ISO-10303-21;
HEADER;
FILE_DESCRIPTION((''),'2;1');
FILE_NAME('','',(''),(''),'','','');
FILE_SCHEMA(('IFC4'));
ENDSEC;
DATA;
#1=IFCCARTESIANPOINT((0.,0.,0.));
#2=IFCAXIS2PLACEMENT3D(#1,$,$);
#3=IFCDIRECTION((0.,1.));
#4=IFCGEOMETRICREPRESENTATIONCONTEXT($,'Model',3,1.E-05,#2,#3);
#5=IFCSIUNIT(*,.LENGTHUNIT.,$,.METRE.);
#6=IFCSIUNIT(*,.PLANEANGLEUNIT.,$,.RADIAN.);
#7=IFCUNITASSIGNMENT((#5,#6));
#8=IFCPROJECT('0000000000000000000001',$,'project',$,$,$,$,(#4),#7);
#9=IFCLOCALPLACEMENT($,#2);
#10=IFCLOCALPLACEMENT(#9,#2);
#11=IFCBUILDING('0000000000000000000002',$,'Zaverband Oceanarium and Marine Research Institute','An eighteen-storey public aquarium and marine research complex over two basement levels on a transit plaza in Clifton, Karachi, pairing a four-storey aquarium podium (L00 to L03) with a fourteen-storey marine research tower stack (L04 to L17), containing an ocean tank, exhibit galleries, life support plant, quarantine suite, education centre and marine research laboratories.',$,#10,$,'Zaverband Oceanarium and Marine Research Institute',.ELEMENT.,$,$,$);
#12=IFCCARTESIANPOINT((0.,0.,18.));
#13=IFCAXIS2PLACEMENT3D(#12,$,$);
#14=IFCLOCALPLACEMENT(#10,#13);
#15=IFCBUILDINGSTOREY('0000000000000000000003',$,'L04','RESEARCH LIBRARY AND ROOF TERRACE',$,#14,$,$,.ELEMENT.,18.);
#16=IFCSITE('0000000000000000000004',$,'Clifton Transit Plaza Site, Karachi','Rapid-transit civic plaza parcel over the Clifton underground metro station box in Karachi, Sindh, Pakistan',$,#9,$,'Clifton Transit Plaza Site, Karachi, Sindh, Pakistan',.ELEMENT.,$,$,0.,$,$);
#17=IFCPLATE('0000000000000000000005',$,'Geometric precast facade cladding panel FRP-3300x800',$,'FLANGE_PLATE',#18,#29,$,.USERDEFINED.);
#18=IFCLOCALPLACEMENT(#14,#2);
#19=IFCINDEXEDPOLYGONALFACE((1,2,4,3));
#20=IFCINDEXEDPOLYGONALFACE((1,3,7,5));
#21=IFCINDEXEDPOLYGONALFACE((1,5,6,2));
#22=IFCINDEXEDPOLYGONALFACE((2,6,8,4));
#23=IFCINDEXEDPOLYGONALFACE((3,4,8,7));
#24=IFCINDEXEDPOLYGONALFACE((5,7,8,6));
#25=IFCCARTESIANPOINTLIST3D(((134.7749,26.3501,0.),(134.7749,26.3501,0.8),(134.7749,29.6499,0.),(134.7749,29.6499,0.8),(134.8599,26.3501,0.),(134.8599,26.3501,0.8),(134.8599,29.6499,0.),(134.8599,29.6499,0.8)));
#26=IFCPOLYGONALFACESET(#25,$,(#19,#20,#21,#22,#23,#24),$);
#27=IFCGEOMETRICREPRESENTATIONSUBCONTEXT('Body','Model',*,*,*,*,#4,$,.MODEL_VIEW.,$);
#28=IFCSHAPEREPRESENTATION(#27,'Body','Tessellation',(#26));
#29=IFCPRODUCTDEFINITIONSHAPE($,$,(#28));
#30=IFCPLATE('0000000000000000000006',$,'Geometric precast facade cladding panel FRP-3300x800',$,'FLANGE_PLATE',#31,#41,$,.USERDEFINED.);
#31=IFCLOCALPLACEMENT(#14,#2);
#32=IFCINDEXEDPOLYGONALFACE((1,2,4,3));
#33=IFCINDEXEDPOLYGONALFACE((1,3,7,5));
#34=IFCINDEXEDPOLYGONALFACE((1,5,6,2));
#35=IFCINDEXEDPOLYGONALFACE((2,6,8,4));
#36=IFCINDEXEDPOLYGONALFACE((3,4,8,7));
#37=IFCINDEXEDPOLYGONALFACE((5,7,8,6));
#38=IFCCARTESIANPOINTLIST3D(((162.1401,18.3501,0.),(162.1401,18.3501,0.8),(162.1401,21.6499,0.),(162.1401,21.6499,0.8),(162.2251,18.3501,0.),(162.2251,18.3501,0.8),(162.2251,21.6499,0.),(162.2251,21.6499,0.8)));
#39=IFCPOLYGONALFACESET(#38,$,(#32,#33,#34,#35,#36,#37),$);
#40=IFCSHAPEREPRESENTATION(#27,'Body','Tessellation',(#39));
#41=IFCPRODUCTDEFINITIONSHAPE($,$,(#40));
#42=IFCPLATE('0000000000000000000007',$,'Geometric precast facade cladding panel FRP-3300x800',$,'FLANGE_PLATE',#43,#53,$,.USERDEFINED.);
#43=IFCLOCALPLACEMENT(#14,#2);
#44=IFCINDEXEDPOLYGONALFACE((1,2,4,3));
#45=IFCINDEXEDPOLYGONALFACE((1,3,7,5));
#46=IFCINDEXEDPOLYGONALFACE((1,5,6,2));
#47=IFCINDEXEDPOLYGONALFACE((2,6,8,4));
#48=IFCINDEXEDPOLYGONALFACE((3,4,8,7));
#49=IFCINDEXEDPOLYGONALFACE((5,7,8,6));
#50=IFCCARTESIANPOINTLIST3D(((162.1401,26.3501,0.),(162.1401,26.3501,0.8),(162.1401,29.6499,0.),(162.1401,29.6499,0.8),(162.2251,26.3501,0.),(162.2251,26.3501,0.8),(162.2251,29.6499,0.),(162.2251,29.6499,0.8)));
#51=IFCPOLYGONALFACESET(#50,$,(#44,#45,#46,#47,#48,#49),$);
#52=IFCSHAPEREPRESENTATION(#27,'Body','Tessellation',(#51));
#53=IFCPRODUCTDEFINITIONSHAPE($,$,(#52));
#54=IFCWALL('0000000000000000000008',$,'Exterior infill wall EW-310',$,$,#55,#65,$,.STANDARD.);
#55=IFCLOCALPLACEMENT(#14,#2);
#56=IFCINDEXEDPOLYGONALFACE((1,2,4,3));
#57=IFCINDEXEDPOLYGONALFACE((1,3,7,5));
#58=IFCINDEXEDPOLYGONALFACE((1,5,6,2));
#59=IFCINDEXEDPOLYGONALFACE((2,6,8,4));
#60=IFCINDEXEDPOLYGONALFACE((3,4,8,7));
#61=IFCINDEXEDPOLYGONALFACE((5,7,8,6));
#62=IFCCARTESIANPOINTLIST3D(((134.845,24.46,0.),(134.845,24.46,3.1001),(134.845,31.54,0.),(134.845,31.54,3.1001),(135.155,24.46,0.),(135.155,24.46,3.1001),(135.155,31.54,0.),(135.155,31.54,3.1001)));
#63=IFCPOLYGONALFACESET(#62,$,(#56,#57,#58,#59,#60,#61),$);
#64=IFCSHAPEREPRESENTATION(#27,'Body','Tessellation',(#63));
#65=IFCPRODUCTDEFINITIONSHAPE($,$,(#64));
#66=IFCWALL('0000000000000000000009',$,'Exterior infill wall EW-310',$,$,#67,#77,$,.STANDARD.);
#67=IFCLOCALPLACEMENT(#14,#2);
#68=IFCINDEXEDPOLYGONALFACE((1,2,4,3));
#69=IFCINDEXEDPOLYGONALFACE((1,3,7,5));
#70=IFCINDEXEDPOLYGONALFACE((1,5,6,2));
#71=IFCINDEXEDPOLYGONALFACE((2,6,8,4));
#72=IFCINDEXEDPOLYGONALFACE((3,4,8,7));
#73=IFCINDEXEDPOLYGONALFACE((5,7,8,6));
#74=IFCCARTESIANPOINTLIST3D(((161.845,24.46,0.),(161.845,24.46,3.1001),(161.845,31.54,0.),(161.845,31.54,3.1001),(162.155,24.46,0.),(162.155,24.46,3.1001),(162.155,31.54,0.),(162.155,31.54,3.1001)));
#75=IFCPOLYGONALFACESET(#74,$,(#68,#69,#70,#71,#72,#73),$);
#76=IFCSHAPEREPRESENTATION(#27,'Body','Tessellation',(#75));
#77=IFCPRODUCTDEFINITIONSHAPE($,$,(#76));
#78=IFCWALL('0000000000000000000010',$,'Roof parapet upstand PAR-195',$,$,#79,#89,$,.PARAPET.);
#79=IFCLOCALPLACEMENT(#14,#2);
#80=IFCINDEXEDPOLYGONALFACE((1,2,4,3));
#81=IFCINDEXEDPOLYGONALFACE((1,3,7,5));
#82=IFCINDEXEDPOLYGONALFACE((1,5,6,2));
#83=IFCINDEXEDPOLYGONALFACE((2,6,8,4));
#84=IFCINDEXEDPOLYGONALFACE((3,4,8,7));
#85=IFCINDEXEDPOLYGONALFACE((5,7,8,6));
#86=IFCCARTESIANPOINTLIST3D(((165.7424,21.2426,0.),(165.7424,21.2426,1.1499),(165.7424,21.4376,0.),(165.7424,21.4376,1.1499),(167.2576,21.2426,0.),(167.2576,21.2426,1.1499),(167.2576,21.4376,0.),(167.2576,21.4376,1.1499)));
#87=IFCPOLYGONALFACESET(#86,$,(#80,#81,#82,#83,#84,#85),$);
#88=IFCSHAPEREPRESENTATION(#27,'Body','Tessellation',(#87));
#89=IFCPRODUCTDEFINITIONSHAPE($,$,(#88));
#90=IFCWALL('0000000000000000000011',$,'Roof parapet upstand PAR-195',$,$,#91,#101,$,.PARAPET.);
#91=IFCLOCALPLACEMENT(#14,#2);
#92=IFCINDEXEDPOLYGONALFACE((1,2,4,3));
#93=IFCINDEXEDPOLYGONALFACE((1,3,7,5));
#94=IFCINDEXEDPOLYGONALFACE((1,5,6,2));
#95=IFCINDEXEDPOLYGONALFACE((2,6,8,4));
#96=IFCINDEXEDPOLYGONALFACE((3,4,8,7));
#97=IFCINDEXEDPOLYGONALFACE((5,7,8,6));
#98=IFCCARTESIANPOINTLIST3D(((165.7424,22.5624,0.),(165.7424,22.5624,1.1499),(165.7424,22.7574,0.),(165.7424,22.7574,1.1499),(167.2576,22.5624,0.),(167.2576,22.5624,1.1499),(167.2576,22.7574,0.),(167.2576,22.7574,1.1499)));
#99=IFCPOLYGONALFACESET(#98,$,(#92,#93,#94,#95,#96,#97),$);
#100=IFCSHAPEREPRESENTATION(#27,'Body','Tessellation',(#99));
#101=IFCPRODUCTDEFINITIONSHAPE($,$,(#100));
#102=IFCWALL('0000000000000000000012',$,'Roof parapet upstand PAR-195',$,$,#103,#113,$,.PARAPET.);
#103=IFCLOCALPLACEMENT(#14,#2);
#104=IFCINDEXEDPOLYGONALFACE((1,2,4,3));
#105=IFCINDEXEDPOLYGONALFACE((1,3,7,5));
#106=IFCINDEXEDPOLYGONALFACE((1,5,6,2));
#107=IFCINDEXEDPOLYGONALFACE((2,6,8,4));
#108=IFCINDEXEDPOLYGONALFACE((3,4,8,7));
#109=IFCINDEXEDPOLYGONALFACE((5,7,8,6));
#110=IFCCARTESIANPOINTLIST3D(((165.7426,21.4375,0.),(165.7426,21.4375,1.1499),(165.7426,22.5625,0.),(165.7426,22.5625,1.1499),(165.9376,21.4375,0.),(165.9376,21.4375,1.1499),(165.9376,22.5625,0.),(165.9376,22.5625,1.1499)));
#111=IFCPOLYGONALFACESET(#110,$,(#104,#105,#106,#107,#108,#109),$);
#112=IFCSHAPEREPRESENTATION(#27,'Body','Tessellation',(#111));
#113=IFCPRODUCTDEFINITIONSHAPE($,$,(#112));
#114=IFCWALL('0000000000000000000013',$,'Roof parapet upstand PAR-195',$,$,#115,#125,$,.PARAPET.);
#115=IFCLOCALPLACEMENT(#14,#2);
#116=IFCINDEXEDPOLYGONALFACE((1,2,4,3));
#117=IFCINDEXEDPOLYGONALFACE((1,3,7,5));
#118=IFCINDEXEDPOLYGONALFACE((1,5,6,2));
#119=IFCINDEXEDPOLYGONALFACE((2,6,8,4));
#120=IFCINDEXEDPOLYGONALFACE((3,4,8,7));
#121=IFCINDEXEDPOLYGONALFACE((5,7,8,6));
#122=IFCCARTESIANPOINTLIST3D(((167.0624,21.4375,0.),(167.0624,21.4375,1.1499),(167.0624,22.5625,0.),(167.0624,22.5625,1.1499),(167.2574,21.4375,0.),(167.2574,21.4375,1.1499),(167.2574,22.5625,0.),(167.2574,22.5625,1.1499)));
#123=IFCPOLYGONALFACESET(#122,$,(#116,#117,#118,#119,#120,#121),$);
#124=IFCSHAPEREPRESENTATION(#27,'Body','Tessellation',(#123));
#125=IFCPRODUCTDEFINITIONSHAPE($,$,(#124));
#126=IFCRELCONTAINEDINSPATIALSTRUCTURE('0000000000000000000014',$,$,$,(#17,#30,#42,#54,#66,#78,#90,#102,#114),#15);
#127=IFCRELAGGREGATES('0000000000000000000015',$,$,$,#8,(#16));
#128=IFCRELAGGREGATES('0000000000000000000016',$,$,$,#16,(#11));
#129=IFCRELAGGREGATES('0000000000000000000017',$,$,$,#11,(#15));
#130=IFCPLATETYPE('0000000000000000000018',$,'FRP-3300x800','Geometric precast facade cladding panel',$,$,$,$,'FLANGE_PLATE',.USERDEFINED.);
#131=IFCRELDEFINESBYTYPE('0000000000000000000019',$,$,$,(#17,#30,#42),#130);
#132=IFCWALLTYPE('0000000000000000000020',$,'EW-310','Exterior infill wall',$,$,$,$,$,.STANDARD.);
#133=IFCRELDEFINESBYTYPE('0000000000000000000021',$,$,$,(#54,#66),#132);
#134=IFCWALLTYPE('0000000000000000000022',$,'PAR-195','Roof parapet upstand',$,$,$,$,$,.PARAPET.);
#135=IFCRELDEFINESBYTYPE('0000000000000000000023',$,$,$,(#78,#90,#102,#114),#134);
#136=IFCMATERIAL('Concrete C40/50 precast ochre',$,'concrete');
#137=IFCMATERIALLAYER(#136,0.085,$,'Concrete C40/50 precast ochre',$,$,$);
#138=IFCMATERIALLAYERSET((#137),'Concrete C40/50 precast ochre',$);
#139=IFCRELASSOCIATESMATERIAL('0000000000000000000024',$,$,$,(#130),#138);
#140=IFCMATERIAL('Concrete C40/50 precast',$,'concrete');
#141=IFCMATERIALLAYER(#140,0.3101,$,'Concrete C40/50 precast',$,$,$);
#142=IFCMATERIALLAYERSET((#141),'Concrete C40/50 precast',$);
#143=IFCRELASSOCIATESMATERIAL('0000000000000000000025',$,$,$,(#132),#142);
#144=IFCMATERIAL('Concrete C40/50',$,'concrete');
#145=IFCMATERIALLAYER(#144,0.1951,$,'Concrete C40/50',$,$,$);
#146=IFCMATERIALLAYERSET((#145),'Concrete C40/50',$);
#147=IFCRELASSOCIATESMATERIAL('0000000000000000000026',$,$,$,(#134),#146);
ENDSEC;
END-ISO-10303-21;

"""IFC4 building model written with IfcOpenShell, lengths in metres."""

from ifc_helpers import new_model, si_unit, direction, frame, frame_2d, origin, place, context, subcontext, project, spatial, rectangle, extrude, material, layer, layer_set, type_object, element, save


model = new_model("IFC4")

# Units and contexts
model_context = context("Model", 3, precision=1e-05, world=origin(), true_north=direction((0.0, 1.0)))
body_context = subcontext(model_context, "Body", "Model", "MODEL_VIEW")
ifc_project = project(units=[si_unit("LENGTHUNIT", "METRE"), si_unit("PLANEANGLEUNIT", "RADIAN")], contexts=[model_context])

# Site, building, storey
site_placement = place(None, origin())
site = spatial("IfcSite", under=ifc_project, at=site_placement, Name="Clifton Transit Plaza Site, Karachi", Description="Rapid-transit civic plaza parcel over the Clifton underground metro station box in Karachi, Sindh, Pakistan", LongName="Clifton Transit Plaza Site, Karachi, Sindh, Pakistan", CompositionType="ELEMENT", RefElevation=0.0)
building_placement = place(site_placement, origin())
building = spatial("IfcBuilding", under=site, at=building_placement, Name="Zaverband Oceanarium and Marine Research Institute", Description="An eighteen-storey public aquarium and marine research complex over two basement levels on a transit plaza in Clifton, Karachi, pairing a four-storey aquarium podium (L00 to L03) with a fourteen-storey marine research tower stack (L04 to L17), containing an ocean tank, exhibit galleries, life support plant, quarantine suite, education centre and marine research laboratories.", LongName="Zaverband Oceanarium and Marine Research Institute", CompositionType="ELEMENT")
storey_placement = place(building_placement, frame((0.0, 0.0, 18.0)))
storey = spatial("IfcBuildingStorey", under=building, at=storey_placement, Name="L04", Description="RESEARCH LIBRARY AND ROOF TERRACE", CompositionType="ELEMENT", Elevation=18.0)

# Plates
ifc_material_1 = material(Name="Concrete C40/50 precast ochre", Category="concrete")
ifc_layer_1 = layer(ifc_material_1, 0.085, Name="Concrete C40/50 precast ochre")
ifc_layer_set_1 = layer_set([ifc_layer_1], Name="Concrete C40/50 precast ochre")
plate_type = type_object("IfcPlateType", Name="FRP-3300x800", Description="Geometric precast facade cladding panel", ElementType="FLANGE_PLATE", PredefinedType="USERDEFINED", material=ifc_layer_set_1)
for number, where, z_axis, x_axis, name in (
    (1, (134.8174, 26.3501, 0.0), (0.0, 0.0, 1.0), (0.0, 1.0, 0.0), "Geometric precast facade cladding panel FRP-3300x800"),
    (2, (162.1826, 18.3501, 0.0), (0.0, 0.0, 1.0), (0.0, 1.0, 0.0), "Geometric precast facade cladding panel FRP-3300x800"),
    (3, (162.1826, 26.3501, 0.0), (0.0, 0.0, 1.0), (0.0, 1.0, 0.0), "Geometric precast facade cladding panel FRP-3300x800"),
):
    element("IfcPlate", number, at=place(storey_placement, frame(where, z_axis=z_axis, x_axis=x_axis)), inside=storey, type_object=plate_type, Name=name, ObjectType="FLANGE_PLATE", PredefinedType="USERDEFINED", context=body_context, shape_type="SweptSolid", body=[
        extrude(rectangle(XDim=3.2998, YDim=0.085, at=frame_2d((1.6499, 0.0))), origin(), (0.0, 0.0, 1.0), 0.8),
    ])

# Walls
ifc_material_2 = material(Name="Concrete C40/50 precast", Category="concrete")
ifc_layer_2 = layer(ifc_material_2, 0.3101, Name="Concrete C40/50 precast")
ifc_layer_set_2 = layer_set([ifc_layer_2], Name="Concrete C40/50 precast")
wall_type_1 = type_object("IfcWallType", Name="EW-310", Description="Exterior infill wall", PredefinedType="STANDARD", material=ifc_layer_set_2)
for number, where, z_axis, x_axis, name in (
    (4, (135.0, 24.46, 0.0), (0.0, 0.0, 1.0), (0.0, 1.0, 0.0), "Exterior infill wall EW-310"),
    (5, (162.0, 24.46, 0.0), (0.0, 0.0, 1.0), (0.0, 1.0, 0.0), "Exterior infill wall EW-310"),
):
    element("IfcWall", number, at=place(storey_placement, frame(where, z_axis=z_axis, x_axis=x_axis)), inside=storey, type_object=wall_type_1, Name=name, PredefinedType="STANDARD", context=body_context, shape_type="SweptSolid", body=[
        extrude(rectangle(XDim=7.0801, YDim=0.3101, at=frame_2d((3.54, 0.0))), origin(), (0.0, 0.0, 1.0), 3.1001),
    ])
ifc_material_3 = material(Name="Concrete C40/50", Category="concrete")
ifc_layer_3 = layer(ifc_material_3, 0.1951, Name="Concrete C40/50")
ifc_layer_set_3 = layer_set([ifc_layer_3], Name="Concrete C40/50")
wall_type_2 = type_object("IfcWallType", Name="PAR-195", Description="Roof parapet upstand", PredefinedType="PARAPET", material=ifc_layer_set_3)
for number, where, z_axis, x_axis, name in (
    (6, (165.7424, 21.3401, 0.0), (0.0, 0.0, 1.0), (1.0, 0.0, 0.0), "Roof parapet upstand PAR-195"),
    (7, (165.7424, 22.6599, 0.0), (0.0, 0.0, 1.0), (1.0, 0.0, 0.0), "Roof parapet upstand PAR-195"),
):
    element("IfcWall", number, at=place(storey_placement, frame(where, z_axis=z_axis, x_axis=x_axis)), inside=storey, type_object=wall_type_2, Name=name, PredefinedType="PARAPET", context=body_context, shape_type="SweptSolid", body=[
        extrude(rectangle(XDim=1.5151, YDim=0.1951, at=frame_2d((0.7576, 0.0))), origin(), (0.0, 0.0, 1.0), 1.1499),
    ])
for number, where, z_axis, x_axis, name in (
    (8, (165.8401, 21.4375, 0.0), (0.0, 0.0, 1.0), (0.0, 1.0, 0.0), "Roof parapet upstand PAR-195"),
    (9, (167.1599, 21.4375, 0.0), (0.0, 0.0, 1.0), (0.0, 1.0, 0.0), "Roof parapet upstand PAR-195"),
):
    element("IfcWall", number, at=place(storey_placement, frame(where, z_axis=z_axis, x_axis=x_axis)), inside=storey, type_object=wall_type_2, Name=name, PredefinedType="PARAPET", context=body_context, shape_type="SweptSolid", body=[
        extrude(rectangle(XDim=1.125, YDim=0.1951, at=frame_2d((0.5625, 0.0))), origin(), (0.0, 0.0, 1.0), 1.1499),
    ])

save(model, "model.ifc")
